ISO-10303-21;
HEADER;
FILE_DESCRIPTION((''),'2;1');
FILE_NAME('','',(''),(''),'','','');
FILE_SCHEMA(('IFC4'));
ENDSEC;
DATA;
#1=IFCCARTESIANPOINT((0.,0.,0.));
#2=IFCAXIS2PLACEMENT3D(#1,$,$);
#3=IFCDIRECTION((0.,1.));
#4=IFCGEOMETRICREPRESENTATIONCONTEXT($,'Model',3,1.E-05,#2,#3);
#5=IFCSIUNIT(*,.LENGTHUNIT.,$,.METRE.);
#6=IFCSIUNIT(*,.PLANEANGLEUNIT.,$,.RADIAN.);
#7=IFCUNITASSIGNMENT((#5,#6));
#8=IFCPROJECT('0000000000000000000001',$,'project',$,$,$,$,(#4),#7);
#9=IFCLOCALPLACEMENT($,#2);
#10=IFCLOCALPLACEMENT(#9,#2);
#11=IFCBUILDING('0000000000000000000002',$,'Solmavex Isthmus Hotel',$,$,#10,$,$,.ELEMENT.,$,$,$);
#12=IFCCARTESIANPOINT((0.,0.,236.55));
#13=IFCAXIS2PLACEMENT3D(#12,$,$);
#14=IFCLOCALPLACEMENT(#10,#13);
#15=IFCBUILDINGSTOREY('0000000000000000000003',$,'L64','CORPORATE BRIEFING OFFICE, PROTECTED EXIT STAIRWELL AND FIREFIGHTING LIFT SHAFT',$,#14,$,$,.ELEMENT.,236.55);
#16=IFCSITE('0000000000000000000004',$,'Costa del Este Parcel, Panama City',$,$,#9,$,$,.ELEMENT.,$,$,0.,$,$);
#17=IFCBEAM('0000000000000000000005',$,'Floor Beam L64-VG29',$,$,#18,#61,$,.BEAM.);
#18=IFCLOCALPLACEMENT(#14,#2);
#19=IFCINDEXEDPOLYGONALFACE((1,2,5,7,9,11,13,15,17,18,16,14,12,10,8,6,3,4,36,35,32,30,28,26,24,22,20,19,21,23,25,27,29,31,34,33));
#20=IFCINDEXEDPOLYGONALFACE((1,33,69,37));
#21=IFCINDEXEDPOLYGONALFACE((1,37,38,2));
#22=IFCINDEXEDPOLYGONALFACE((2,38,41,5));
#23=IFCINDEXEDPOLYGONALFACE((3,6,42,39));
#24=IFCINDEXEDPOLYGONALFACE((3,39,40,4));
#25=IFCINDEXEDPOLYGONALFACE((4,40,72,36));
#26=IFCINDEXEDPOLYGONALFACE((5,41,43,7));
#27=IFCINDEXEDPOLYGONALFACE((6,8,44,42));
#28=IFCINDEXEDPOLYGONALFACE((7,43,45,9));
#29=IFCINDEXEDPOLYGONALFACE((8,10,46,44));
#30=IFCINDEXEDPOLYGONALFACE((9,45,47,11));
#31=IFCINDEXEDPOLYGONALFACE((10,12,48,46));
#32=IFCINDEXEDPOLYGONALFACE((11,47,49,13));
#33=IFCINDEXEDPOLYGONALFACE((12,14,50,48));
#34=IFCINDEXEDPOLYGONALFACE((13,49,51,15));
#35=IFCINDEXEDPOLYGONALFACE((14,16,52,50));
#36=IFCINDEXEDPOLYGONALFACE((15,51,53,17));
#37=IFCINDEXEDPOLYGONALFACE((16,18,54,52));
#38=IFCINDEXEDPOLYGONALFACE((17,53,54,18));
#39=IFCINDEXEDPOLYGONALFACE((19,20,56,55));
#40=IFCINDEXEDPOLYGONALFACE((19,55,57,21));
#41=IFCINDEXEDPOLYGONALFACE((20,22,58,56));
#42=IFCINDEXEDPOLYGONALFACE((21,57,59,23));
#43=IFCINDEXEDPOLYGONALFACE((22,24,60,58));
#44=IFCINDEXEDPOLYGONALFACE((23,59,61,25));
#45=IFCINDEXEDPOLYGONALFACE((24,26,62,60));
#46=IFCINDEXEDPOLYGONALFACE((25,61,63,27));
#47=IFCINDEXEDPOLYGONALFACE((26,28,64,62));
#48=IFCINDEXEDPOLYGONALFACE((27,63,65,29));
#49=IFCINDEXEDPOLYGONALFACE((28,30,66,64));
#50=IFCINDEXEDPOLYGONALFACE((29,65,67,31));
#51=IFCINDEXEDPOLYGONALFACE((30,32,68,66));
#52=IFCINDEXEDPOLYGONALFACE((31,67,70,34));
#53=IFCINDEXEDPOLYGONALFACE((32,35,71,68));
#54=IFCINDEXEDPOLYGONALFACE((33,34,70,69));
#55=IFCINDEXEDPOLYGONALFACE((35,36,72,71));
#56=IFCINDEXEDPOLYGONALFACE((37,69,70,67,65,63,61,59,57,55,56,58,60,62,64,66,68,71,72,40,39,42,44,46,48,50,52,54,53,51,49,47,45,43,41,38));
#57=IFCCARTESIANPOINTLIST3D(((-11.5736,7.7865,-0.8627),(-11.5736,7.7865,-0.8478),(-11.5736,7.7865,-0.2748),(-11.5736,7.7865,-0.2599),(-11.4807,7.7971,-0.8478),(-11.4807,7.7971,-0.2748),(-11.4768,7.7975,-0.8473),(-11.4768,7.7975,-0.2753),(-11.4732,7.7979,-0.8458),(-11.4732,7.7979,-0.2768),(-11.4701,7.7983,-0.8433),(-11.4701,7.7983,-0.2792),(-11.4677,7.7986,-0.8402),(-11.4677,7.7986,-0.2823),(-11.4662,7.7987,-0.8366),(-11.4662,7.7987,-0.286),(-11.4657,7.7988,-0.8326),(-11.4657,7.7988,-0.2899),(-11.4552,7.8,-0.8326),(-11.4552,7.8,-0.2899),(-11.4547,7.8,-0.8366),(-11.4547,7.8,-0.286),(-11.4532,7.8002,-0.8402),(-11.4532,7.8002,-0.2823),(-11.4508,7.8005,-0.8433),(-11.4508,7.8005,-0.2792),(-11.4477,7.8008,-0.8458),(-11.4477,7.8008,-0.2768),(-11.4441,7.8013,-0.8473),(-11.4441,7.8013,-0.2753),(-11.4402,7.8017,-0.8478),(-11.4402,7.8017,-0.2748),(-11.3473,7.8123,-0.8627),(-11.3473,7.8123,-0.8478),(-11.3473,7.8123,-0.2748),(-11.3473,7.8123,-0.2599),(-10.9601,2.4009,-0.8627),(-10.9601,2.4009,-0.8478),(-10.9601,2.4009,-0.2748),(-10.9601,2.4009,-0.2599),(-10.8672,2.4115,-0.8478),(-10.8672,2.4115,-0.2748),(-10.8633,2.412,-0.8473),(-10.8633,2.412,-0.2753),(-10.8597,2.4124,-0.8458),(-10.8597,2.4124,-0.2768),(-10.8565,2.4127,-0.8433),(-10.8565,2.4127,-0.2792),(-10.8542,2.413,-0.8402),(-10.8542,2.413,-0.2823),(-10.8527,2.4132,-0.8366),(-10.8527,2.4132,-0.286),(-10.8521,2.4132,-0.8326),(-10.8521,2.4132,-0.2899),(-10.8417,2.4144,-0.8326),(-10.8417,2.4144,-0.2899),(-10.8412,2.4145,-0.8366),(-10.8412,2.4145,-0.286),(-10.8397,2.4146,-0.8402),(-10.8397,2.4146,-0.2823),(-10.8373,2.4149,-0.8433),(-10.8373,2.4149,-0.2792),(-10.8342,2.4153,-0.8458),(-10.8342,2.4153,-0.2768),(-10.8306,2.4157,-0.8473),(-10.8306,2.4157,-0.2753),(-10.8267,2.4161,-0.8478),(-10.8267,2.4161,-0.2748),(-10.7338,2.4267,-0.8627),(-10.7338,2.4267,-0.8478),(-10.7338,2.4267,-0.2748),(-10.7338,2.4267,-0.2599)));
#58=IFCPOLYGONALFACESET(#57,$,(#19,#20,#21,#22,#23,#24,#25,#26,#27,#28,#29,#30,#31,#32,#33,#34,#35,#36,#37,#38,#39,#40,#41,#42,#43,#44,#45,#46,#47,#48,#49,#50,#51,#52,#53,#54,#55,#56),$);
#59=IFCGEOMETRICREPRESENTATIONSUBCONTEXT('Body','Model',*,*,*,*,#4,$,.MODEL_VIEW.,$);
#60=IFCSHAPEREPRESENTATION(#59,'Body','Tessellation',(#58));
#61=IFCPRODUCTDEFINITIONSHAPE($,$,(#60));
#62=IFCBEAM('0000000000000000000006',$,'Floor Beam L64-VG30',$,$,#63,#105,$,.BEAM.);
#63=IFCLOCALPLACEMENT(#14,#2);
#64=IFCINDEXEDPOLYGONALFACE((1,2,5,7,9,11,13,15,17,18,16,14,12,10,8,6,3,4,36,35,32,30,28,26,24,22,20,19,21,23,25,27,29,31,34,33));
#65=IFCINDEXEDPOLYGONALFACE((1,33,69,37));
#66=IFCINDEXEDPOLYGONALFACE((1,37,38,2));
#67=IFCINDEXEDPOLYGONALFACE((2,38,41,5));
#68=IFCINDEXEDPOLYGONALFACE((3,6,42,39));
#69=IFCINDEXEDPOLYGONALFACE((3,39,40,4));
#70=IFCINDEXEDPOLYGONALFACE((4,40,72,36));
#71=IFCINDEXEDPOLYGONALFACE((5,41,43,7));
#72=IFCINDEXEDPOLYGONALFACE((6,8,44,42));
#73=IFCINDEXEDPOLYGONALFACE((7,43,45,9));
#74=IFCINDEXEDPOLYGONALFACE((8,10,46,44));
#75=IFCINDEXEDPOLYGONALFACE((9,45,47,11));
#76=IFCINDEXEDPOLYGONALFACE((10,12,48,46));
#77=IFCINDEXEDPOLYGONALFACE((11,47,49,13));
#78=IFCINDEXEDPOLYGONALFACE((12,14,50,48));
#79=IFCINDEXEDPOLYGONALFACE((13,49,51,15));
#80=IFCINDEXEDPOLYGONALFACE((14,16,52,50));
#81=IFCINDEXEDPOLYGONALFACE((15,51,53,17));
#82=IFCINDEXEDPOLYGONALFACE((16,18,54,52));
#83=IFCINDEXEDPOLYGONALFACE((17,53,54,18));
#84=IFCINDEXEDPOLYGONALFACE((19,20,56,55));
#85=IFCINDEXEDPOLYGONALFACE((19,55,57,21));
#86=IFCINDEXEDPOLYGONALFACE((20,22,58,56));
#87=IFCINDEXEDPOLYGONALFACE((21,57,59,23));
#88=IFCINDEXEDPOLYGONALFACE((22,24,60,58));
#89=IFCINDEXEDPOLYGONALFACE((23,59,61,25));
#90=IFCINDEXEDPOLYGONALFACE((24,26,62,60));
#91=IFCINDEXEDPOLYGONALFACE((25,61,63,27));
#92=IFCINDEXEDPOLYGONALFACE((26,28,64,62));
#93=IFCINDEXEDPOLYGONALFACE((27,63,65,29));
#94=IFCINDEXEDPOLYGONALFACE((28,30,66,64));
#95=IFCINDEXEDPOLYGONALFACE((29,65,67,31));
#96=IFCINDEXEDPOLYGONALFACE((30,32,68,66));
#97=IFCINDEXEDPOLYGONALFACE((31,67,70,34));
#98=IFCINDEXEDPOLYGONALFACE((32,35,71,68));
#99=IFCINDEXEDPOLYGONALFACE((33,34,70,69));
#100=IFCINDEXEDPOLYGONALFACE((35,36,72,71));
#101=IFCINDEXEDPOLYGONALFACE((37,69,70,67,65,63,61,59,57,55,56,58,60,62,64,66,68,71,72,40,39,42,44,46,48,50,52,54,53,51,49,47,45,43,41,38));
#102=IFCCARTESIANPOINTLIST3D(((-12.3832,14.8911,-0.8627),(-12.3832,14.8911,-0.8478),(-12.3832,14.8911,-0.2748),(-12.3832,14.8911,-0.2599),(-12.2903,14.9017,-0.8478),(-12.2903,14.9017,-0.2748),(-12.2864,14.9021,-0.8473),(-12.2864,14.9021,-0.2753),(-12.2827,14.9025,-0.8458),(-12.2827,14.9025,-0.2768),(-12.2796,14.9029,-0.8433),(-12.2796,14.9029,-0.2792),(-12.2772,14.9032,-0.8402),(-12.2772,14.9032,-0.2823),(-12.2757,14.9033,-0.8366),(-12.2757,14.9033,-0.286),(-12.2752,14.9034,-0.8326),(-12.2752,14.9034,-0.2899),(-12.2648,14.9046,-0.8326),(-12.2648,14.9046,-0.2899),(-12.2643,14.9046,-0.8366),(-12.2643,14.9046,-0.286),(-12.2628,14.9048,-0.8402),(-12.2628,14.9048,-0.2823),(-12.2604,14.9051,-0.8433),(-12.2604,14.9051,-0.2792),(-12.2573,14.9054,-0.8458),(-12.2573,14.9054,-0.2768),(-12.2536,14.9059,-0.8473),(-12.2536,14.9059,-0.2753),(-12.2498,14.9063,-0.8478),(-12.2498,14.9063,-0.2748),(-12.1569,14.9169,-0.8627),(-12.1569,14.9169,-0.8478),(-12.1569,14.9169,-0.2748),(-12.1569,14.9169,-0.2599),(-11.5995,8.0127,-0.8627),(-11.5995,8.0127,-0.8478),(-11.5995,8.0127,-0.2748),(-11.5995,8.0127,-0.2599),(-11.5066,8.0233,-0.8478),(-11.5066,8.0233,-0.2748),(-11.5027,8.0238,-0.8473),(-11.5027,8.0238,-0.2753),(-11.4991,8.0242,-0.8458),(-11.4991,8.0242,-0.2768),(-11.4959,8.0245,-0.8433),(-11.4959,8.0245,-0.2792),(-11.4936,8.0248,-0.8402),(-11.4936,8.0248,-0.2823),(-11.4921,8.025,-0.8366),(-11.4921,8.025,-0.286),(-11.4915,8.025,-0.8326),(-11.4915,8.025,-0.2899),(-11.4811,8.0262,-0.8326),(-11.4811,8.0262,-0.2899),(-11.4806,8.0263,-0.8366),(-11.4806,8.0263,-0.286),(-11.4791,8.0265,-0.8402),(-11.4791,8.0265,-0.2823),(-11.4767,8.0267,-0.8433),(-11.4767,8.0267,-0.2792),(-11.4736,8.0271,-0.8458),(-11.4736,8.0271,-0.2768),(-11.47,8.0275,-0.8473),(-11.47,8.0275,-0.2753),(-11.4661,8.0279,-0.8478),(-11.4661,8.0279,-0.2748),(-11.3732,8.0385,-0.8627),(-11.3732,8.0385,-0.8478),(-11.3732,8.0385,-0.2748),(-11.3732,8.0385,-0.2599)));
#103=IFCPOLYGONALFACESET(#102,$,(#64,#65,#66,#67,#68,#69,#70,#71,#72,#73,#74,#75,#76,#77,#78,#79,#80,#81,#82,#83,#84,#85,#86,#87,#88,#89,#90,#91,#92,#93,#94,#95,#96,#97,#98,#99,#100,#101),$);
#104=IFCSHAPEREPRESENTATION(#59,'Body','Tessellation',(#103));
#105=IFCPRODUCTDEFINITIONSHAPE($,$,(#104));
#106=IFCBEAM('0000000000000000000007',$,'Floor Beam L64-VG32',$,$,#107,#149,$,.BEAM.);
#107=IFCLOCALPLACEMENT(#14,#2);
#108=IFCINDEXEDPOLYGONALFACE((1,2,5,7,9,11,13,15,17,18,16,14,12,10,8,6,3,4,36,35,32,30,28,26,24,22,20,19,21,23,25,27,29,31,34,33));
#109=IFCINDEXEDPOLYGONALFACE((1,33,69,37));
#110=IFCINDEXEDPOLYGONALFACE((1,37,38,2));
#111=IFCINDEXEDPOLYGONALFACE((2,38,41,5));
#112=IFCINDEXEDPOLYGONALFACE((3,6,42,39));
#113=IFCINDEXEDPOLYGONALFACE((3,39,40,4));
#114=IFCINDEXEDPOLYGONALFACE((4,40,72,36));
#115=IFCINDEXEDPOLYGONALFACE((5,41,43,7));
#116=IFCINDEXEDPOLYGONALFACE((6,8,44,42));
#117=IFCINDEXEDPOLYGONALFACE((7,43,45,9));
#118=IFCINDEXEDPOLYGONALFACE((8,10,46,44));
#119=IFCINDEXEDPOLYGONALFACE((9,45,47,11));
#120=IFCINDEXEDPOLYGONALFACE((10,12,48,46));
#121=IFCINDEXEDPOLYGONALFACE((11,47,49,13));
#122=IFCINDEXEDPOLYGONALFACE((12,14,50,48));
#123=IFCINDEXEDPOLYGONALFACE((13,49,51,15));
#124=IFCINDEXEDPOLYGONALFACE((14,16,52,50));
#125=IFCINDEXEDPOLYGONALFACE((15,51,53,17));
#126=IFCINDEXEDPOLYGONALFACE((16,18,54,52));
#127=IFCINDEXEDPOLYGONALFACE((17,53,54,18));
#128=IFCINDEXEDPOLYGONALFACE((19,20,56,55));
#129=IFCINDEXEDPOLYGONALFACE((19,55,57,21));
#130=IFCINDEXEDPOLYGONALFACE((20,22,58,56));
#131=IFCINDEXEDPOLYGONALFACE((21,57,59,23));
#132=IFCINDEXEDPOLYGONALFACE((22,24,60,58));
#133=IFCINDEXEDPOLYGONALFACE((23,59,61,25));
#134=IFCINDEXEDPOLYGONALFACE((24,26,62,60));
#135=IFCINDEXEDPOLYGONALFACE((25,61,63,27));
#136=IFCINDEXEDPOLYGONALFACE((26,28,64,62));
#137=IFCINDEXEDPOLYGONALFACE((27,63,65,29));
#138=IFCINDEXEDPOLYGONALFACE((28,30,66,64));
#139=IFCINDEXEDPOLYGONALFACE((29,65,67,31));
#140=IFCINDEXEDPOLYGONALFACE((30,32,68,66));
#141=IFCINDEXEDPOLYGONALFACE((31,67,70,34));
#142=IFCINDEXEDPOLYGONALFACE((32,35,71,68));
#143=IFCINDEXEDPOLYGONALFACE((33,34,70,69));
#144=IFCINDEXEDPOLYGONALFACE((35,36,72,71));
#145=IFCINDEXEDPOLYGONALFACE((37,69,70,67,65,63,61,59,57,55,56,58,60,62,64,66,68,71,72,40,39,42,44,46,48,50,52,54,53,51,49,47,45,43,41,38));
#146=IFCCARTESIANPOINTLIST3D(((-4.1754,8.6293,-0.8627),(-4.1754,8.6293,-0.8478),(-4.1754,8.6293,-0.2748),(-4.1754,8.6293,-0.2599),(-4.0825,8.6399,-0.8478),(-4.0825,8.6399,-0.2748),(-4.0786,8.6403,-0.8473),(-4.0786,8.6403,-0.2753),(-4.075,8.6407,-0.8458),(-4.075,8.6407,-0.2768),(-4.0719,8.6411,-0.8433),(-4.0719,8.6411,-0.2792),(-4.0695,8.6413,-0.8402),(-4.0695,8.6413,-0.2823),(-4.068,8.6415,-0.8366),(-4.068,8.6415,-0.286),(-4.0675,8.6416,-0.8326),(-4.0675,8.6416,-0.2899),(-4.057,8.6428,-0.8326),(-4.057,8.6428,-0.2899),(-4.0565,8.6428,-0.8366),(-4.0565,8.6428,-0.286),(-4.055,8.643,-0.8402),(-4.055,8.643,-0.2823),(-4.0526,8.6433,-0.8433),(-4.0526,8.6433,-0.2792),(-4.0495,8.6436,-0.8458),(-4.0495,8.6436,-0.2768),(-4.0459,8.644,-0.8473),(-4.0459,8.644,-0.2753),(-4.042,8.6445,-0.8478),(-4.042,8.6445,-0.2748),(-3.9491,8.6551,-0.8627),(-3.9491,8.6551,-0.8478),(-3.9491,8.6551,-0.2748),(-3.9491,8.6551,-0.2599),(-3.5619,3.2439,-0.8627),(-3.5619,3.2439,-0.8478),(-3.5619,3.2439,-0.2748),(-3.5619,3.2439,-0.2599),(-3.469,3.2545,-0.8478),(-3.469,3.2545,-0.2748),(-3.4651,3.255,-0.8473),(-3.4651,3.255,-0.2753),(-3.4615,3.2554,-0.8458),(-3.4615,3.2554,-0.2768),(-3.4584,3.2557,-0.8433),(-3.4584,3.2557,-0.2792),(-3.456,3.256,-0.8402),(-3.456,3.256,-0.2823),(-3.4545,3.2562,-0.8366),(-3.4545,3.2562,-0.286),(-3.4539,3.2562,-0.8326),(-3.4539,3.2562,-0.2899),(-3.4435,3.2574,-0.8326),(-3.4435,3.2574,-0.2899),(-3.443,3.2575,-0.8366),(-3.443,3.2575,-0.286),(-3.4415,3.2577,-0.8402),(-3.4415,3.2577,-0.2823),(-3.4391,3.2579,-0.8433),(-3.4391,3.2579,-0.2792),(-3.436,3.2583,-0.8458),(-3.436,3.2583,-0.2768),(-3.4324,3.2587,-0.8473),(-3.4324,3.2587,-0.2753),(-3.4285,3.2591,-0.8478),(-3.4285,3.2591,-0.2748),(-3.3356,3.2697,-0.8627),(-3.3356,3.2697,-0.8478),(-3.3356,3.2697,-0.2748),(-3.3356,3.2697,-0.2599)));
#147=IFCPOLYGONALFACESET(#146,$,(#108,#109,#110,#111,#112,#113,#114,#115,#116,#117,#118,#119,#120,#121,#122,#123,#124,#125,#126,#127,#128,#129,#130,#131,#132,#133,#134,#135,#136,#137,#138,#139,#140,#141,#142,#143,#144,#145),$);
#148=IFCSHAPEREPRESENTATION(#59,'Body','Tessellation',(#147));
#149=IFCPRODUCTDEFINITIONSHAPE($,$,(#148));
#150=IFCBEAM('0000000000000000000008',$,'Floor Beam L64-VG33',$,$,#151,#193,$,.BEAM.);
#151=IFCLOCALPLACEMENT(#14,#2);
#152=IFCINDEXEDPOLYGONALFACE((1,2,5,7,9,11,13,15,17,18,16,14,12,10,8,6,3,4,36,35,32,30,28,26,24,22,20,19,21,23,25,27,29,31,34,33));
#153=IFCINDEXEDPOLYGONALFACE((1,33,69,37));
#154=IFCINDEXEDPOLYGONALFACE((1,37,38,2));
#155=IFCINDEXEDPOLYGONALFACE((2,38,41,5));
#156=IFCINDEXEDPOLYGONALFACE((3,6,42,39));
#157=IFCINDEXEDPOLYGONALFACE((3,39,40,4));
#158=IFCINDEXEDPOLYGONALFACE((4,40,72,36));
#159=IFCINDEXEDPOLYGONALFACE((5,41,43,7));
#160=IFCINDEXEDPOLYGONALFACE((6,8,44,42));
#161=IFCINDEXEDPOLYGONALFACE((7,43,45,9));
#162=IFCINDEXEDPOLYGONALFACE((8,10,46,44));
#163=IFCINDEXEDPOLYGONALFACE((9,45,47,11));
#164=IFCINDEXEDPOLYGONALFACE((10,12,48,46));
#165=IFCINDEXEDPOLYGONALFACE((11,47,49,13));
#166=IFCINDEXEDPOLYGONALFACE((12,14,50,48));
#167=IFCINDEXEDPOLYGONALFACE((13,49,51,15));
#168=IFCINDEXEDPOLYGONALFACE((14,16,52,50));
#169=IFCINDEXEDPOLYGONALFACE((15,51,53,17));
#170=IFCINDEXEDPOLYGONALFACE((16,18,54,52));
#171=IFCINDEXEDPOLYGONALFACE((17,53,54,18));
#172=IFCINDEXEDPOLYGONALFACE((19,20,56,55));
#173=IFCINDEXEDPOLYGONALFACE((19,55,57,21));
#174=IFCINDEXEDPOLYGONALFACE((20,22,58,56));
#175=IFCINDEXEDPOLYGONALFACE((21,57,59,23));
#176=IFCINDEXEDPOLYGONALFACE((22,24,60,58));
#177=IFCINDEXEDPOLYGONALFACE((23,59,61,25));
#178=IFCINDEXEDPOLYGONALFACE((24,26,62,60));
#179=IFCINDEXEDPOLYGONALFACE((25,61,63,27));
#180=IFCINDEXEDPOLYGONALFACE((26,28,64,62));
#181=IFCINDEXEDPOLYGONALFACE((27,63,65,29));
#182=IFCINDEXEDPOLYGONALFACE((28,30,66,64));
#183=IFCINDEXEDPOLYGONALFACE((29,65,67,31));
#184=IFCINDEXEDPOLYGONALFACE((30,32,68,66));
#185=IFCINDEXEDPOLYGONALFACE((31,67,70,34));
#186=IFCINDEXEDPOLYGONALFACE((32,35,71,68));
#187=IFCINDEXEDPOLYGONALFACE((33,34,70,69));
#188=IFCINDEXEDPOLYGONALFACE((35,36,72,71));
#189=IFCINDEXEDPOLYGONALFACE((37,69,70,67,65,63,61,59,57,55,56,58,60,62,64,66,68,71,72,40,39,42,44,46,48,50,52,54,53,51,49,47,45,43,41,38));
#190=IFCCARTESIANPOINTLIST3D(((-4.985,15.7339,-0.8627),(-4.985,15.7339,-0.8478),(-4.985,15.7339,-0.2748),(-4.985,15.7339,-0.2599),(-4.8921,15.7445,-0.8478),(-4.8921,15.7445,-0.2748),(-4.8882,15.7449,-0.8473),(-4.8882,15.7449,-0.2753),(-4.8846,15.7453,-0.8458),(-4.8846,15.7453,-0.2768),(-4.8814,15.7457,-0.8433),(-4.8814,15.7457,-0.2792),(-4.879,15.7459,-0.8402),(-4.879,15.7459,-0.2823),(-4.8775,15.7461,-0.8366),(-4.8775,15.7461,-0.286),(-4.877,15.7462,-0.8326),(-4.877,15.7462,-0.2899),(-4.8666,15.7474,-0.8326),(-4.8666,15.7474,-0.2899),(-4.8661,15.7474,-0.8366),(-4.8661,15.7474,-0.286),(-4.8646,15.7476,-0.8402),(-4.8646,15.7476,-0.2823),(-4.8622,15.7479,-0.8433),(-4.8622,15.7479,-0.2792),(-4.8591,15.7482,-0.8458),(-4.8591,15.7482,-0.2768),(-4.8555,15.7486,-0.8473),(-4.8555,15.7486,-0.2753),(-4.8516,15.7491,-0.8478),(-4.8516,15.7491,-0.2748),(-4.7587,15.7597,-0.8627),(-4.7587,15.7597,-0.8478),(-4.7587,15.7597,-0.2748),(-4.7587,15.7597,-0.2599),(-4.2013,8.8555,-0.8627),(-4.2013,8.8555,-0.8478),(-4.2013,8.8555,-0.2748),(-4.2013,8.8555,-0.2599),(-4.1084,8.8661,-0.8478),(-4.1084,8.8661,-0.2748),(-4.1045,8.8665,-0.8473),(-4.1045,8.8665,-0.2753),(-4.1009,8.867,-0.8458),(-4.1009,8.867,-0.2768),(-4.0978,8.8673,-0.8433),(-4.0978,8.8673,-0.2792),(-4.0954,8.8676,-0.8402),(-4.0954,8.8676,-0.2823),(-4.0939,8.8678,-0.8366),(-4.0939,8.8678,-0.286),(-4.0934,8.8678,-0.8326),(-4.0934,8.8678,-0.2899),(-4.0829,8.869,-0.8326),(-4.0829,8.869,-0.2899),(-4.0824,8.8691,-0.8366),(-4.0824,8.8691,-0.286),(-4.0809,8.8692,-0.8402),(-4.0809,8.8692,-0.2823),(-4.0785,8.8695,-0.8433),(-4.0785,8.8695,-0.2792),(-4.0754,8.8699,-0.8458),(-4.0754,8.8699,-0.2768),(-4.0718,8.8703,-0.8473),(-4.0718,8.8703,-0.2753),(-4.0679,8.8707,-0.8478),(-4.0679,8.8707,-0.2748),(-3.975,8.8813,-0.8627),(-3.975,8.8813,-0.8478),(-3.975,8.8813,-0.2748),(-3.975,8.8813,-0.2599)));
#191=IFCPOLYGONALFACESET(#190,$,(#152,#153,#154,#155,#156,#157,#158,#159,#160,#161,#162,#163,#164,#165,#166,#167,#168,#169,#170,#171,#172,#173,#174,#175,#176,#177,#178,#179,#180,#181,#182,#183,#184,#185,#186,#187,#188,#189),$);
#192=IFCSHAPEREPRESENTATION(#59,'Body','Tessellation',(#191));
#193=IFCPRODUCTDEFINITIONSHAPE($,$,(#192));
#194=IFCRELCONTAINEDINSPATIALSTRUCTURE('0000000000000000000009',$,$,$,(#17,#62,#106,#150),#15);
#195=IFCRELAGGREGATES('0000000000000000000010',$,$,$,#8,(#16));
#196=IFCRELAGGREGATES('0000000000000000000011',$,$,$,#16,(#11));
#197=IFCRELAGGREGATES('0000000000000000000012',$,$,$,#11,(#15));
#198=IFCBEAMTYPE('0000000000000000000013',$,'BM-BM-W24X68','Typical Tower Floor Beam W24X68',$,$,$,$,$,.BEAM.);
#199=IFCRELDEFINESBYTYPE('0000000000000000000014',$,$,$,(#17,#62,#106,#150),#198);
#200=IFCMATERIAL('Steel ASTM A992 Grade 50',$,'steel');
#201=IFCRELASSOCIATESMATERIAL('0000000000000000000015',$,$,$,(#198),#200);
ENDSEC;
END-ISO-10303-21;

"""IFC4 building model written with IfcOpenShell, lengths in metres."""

from ifc_helpers import new_model, si_unit, direction, frame, origin, origin_2d, place, context, subcontext, project, spatial, i_section, extrude, material, material_profile, profile_set, type_object, element, save


model = new_model("IFC4")

# Units and contexts
model_context = context("Model", 3, precision=1e-05, world=origin(), true_north=direction((0.0, 1.0)))
body_context = subcontext(model_context, "Body", "Model", "MODEL_VIEW")
ifc_project = project(units=[si_unit("LENGTHUNIT", "METRE"), si_unit("PLANEANGLEUNIT", "RADIAN")], contexts=[model_context])

# Site, building, storey
site_placement = place(None, origin())
site = spatial("IfcSite", under=ifc_project, at=site_placement, Name="Costa del Este Parcel, Panama City", CompositionType="ELEMENT", RefElevation=0.0)
building_placement = place(site_placement, origin())
building = spatial("IfcBuilding", under=site, at=building_placement, Name="Solmavex Isthmus Hotel", CompositionType="ELEMENT")
storey_placement = place(building_placement, frame((0.0, 0.0, 236.55)))
storey = spatial("IfcBuildingStorey", under=building, at=storey_placement, Name="L64", Description="CORPORATE BRIEFING OFFICE, PROTECTED EXIT STAIRWELL AND FIREFIGHTING LIFT SHAFT", CompositionType="ELEMENT", Elevation=236.55)

# Beams
ifc_material_1 = material(Name="Steel ASTM A992 Grade 50", Category="steel")
ifc_material_profile_1 = material_profile(ifc_material_1, i_section(OverallWidth=0.2278, OverallDepth=0.6028, WebThickness=0.0105, FlangeThickness=0.0149, FilletRadius=0.0151, at=origin_2d()), Name="W24X68")
ifc_profile_set_1 = profile_set([ifc_material_profile_1], Name="Steel ASTM A992 Grade 50")
beam_type_1 = type_object("IfcBeamType", Name="BM-BM-W24X68", Description="Typical Tower Floor Beam W24X68", PredefinedType="BEAM", material=ifc_profile_set_1)
beam_1_placement = place(storey_placement, frame((-10.8469, 2.4138, -0.5613), z_axis=(-0.11319, 0.993573, 0.0), x_axis=(-0.993573, -0.11319, 0.0)))
element("IfcBeam", 1, at=beam_1_placement, inside=storey, type_object=beam_type_1, Name="Floor Beam L64-VG29", PredefinedType="BEAM", context=body_context, shape_type="SweptSolid", body=[
    extrude(i_section(OverallWidth=0.2278, OverallDepth=0.6028, WebThickness=0.0105, FlangeThickness=0.0149, FilletRadius=0.0151, at=origin_2d()), origin(), (0.0, 0.0, 1.0), 5.4204),
])
beam_2_placement = place(storey_placement, frame((-11.4863, 8.0256, -0.5613), z_axis=(-0.113202, 0.993572, 0.0), x_axis=(-0.993572, -0.113202, 0.0)))
element("IfcBeam", 2, at=beam_2_placement, inside=storey, type_object=beam_type_1, Name="Floor Beam L64-VG30", PredefinedType="BEAM", context=body_context, shape_type="SweptSolid", body=[
    extrude(i_section(OverallWidth=0.2278, OverallDepth=0.6028, WebThickness=0.0105, FlangeThickness=0.0149, FilletRadius=0.0151, at=origin_2d()), origin(), (0.0, 0.0, 1.0), 6.9229),
])
beam_3_placement = place(storey_placement, frame((-3.4487, 3.2568, -0.5613), z_axis=(-0.113195, 0.993573, 0.0), x_axis=(-0.993573, -0.113195, 0.0)))
element("IfcBeam", 3, at=beam_3_placement, inside=storey, type_object=beam_type_1, Name="Floor Beam L64-VG32", PredefinedType="BEAM", context=body_context, shape_type="SweptSolid", body=[
    extrude(i_section(OverallWidth=0.2278, OverallDepth=0.6028, WebThickness=0.0105, FlangeThickness=0.0149, FilletRadius=0.0151, at=origin_2d()), origin(), (0.0, 0.0, 1.0), 5.4202),
])
beam_4_placement = place(storey_placement, frame((-4.0881, 8.8684, -0.5613), z_axis=(-0.113202, 0.993572, 0.0), x_axis=(-0.993572, -0.113202, 0.0)))
element("IfcBeam", 4, at=beam_4_placement, inside=storey, type_object=beam_type_1, Name="Floor Beam L64-VG33", PredefinedType="BEAM", context=body_context, shape_type="SweptSolid", body=[
    extrude(i_section(OverallWidth=0.2278, OverallDepth=0.6028, WebThickness=0.0105, FlangeThickness=0.0149, FilletRadius=0.0151, at=origin_2d()), origin(), (0.0, 0.0, 1.0), 6.9229),
])

save(model, "model.ifc")
